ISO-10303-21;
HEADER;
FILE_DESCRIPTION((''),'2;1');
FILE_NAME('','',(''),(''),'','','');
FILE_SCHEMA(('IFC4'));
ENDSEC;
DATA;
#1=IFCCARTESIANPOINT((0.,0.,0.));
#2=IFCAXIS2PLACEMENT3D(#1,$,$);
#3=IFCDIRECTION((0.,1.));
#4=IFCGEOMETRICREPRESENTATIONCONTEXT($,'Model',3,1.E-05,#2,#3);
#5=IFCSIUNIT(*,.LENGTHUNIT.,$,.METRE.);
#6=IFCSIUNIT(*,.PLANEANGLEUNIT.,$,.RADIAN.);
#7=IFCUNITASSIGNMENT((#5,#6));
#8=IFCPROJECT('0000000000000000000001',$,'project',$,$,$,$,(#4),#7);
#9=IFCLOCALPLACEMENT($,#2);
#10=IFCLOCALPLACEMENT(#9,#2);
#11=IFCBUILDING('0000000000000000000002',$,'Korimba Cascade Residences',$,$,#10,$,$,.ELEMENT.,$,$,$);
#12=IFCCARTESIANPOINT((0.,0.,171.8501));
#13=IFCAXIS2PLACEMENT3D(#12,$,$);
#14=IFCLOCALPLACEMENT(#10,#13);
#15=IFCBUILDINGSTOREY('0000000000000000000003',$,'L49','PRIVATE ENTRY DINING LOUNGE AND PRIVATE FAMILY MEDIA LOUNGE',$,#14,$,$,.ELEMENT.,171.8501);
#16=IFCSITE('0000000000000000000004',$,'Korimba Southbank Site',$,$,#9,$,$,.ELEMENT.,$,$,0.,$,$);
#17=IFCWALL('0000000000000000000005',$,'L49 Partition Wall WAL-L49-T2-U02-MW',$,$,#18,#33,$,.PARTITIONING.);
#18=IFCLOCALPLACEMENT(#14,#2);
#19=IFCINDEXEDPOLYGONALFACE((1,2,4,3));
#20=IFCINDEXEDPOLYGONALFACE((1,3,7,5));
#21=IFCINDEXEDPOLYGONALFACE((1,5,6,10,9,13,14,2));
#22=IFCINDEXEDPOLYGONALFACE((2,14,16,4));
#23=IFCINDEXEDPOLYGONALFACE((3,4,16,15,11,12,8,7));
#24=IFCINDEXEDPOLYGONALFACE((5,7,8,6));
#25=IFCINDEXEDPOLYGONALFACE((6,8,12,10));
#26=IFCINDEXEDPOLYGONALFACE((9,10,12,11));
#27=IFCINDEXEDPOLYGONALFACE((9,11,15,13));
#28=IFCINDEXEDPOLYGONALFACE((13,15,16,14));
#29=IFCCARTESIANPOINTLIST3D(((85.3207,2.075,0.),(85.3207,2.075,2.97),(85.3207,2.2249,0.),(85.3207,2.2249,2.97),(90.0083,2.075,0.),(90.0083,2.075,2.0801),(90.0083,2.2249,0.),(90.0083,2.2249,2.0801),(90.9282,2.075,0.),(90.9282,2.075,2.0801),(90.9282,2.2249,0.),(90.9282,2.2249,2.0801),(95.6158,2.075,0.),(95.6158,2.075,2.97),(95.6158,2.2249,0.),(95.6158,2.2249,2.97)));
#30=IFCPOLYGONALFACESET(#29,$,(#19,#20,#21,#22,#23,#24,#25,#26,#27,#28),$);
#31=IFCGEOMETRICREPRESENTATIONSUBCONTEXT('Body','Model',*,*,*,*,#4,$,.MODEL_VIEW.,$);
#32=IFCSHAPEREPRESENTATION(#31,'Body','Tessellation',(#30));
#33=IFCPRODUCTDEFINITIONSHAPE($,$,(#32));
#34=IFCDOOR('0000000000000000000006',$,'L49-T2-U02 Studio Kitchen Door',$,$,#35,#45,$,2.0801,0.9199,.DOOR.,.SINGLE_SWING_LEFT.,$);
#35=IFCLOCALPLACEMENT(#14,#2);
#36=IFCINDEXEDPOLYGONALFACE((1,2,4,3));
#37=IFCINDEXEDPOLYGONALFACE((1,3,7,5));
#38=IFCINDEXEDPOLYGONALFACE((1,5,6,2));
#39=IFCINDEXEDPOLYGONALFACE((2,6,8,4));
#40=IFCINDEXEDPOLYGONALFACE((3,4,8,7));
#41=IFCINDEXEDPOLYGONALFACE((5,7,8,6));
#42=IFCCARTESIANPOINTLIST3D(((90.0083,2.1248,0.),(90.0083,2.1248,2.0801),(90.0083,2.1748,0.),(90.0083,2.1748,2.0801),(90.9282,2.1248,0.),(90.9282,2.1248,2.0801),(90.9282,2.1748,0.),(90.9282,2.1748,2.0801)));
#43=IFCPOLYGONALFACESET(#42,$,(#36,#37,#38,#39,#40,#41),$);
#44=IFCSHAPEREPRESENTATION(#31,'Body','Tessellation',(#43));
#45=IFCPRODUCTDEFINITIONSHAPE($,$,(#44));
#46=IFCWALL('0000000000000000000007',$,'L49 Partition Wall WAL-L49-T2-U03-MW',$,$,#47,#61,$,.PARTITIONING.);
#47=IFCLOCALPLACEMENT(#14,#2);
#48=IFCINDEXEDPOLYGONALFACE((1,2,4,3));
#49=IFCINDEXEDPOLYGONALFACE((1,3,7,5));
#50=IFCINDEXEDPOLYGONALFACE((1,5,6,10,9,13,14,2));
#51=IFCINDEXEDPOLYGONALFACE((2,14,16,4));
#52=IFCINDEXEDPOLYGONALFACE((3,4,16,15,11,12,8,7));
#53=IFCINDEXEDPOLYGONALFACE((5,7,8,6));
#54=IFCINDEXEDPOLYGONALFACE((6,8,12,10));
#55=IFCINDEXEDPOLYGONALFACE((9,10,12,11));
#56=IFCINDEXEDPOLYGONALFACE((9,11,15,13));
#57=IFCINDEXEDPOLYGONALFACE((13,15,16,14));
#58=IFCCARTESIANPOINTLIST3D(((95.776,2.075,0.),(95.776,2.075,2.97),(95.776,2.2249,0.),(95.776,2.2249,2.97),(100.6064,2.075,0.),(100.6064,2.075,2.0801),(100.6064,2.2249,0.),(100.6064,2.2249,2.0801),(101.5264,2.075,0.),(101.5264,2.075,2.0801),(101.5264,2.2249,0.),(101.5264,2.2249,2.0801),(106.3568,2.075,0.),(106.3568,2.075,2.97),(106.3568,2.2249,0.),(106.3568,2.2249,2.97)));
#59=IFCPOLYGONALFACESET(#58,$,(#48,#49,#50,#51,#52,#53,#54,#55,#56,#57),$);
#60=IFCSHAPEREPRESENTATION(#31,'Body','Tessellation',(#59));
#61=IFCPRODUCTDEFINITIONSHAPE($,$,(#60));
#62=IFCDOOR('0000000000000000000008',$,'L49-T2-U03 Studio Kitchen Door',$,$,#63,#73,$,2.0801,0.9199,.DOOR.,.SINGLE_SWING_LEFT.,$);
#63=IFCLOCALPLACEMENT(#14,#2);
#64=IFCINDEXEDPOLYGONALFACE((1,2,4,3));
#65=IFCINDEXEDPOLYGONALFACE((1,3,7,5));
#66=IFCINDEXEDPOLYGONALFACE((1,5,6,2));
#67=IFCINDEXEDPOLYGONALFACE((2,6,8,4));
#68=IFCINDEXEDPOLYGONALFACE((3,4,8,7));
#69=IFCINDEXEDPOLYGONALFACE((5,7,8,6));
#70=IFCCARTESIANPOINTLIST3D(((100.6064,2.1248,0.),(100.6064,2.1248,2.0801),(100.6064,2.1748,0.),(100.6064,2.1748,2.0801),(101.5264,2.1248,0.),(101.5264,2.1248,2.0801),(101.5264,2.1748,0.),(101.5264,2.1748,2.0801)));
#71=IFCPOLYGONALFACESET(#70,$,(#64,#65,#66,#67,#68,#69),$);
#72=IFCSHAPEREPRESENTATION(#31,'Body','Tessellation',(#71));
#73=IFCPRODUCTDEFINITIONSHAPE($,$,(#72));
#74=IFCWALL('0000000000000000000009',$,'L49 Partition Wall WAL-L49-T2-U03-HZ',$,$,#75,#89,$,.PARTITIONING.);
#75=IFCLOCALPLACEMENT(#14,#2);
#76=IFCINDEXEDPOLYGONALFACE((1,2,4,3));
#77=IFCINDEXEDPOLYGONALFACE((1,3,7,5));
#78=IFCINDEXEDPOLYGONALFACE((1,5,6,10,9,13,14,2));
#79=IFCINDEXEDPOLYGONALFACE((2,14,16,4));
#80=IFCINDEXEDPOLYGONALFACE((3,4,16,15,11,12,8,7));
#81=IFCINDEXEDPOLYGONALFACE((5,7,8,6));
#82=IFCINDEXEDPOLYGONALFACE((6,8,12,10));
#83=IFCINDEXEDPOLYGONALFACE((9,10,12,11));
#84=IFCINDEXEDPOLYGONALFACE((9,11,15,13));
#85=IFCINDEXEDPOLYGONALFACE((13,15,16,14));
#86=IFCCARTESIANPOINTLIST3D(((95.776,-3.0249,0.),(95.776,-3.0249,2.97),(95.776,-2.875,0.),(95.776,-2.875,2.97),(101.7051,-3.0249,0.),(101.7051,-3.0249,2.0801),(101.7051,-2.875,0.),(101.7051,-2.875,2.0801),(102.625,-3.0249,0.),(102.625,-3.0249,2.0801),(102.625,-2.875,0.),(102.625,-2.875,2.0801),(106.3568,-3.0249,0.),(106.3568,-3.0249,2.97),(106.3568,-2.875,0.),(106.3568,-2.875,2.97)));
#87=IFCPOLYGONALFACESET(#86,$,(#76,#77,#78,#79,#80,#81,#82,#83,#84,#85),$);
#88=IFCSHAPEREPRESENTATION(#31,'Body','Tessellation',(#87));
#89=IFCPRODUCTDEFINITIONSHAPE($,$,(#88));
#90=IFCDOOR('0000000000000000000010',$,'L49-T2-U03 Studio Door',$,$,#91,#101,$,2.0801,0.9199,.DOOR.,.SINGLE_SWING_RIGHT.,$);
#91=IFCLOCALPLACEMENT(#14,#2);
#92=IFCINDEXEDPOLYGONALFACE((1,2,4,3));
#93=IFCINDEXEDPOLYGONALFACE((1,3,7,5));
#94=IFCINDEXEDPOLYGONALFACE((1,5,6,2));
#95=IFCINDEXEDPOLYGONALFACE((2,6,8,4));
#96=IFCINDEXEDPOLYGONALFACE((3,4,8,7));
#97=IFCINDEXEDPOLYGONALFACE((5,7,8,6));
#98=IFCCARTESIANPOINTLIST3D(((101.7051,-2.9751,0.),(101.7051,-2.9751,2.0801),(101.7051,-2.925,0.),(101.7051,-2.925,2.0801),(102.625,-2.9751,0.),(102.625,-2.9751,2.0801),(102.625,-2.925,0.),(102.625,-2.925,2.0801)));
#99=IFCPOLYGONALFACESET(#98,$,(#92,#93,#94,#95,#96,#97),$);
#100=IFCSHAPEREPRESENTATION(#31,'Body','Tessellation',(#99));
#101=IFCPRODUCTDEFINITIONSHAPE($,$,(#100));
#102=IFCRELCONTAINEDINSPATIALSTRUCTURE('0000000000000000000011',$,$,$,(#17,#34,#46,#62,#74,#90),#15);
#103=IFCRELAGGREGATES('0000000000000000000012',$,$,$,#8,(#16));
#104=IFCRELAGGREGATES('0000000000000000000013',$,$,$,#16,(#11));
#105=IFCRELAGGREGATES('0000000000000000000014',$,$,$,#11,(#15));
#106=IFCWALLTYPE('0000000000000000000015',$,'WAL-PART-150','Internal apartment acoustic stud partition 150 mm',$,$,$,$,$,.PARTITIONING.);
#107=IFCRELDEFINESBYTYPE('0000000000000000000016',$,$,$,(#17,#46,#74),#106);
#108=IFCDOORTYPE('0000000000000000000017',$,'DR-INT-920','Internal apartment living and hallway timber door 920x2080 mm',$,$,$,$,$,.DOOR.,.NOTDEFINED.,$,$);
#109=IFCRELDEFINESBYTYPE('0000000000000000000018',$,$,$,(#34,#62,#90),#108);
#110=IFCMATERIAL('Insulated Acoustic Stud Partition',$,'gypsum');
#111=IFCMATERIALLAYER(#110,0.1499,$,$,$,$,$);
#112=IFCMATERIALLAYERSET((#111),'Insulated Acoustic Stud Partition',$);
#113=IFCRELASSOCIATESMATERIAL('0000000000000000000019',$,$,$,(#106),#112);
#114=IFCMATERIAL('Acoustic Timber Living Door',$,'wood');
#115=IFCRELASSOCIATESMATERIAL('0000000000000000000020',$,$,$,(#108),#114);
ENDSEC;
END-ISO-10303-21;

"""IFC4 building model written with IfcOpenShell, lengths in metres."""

from ifc_helpers import new_model, si_unit, direction, frame, frame_2d, origin, place, context, subcontext, project, spatial, rectangle, extrude, material, layer, layer_set, type_object, element, fill, save


model = new_model("IFC4")

# Units and contexts
model_context = context("Model", 3, precision=1e-05, world=origin(), true_north=direction((0.0, 1.0)))
body_context = subcontext(model_context, "Body", "Model", "MODEL_VIEW")
ifc_project = project(units=[si_unit("LENGTHUNIT", "METRE"), si_unit("PLANEANGLEUNIT", "RADIAN")], contexts=[model_context])

# Site, building, storey
site_placement = place(None, origin())
site = spatial("IfcSite", under=ifc_project, at=site_placement, Name="Korimba Southbank Site", CompositionType="ELEMENT", RefElevation=0.0)
building_placement = place(site_placement, origin())
building = spatial("IfcBuilding", under=site, at=building_placement, Name="Korimba Cascade Residences", CompositionType="ELEMENT")
storey_placement = place(building_placement, frame((0.0, 0.0, 171.8501)))
storey = spatial("IfcBuildingStorey", under=building, at=storey_placement, Name="L49", Description="PRIVATE ENTRY DINING LOUNGE AND PRIVATE FAMILY MEDIA LOUNGE", CompositionType="ELEMENT", Elevation=171.8501)

# Walls, openings, doors
ifc_material_1 = material(Name="Insulated Acoustic Stud Partition", Category="gypsum")
ifc_layer = layer(ifc_material_1, 0.1499)
ifc_layer_set = layer_set([ifc_layer], Name="Insulated Acoustic Stud Partition")
wall_type = type_object("IfcWallType", Name="WAL-PART-150", Description="Internal apartment acoustic stud partition 150 mm", PredefinedType="PARTITIONING", material=ifc_layer_set)
wall_1_placement = place(storey_placement, frame((85.3208, 2.1499, 0.0), z_axis=(0.0, 0.0, 1.0), x_axis=(1.0, 0.0, 0.0)))
wall_1 = element("IfcWall", 1, at=wall_1_placement, inside=storey, type_object=wall_type, Name="L49 Partition Wall WAL-L49-T2-U02-MW", PredefinedType="PARTITIONING", context=body_context, shape_type="SweptSolid", body=[
    extrude(rectangle(XDim=10.2952, YDim=0.1499, at=frame_2d((5.1475, 0.0))), origin(), (0.0, 0.0, 1.0), 2.97),
])
opening_1_placement = place(wall_1_placement, frame((4.6875, 0.0, 0.0)))
opening_1 = element("IfcOpeningElement", 2, at=opening_1_placement, cuts=wall_1, PredefinedType="OPENING", context=body_context, shape_type="SweptSolid", body=[
    extrude(rectangle(XDim=0.9199, YDim=2.0801, at=frame_2d((0.46, 1.04))), frame((0.0, 0.085, 0.0), z_axis=(0.0, -1.0, 0.0), x_axis=(1.0, 0.0, 0.0)), (0.0, 0.0, 1.0), 0.1699),
])
ifc_material_2 = material(Name="Acoustic Timber Living Door", Category="wood")
door_type_1 = type_object("IfcDoorType", Name="DR-INT-920", Description="Internal apartment living and hallway timber door 920x2080 mm", OperationType="NOTDEFINED", PredefinedType="DOOR", material=ifc_material_2)
door_1_placement = place(opening_1_placement, origin())
door_1 = element("IfcDoor", 3, at=door_1_placement, inside=storey, type_object=door_type_1, Name="L49-T2-U02 Studio Kitchen Door", OperationType="SINGLE_SWING_LEFT", OverallHeight=2.0801, OverallWidth=0.9199, PredefinedType="DOOR", context=body_context, shape_type="SweptSolid", body=[
    extrude(rectangle(XDim=0.9199, YDim=2.0801, at=frame_2d((0.46, 1.04))), frame((0.0, 0.0249, 0.0), z_axis=(0.0, -1.0, 0.0), x_axis=(1.0, 0.0, 0.0)), (0.0, 0.0, 1.0), 0.05),
])
fill(opening_1, door_1)
wall_2_placement = place(storey_placement, frame((95.7759, 2.1499, 0.0), z_axis=(0.0, 0.0, 1.0), x_axis=(1.0, 0.0, 0.0)))
wall_2 = element("IfcWall", 4, at=wall_2_placement, inside=storey, type_object=wall_type, Name="L49 Partition Wall WAL-L49-T2-U03-MW", PredefinedType="PARTITIONING", context=body_context, shape_type="SweptSolid", body=[
    extrude(rectangle(XDim=10.5808, YDim=0.1499, at=frame_2d((5.2905, 0.0))), origin(), (0.0, 0.0, 1.0), 2.97),
])
opening_2_placement = place(wall_2_placement, frame((4.8306, 0.0, 0.0)))
opening_2 = element("IfcOpeningElement", 5, at=opening_2_placement, cuts=wall_2, PredefinedType="OPENING", context=body_context, shape_type="SweptSolid", body=[
    extrude(rectangle(XDim=0.9199, YDim=2.0801, at=frame_2d((0.46, 1.04))), frame((0.0, 0.085, 0.0), z_axis=(0.0, -1.0, 0.0), x_axis=(1.0, 0.0, 0.0)), (0.0, 0.0, 1.0), 0.1699),
])
door_2_placement = place(opening_2_placement, origin())
door_2 = element("IfcDoor", 6, at=door_2_placement, inside=storey, type_object=door_type_1, Name="L49-T2-U03 Studio Kitchen Door", OperationType="SINGLE_SWING_LEFT", OverallHeight=2.0801, OverallWidth=0.9199, PredefinedType="DOOR", context=body_context, shape_type="SweptSolid", body=[
    extrude(rectangle(XDim=0.9199, YDim=2.0801, at=frame_2d((0.46, 1.04))), frame((0.0, 0.0249, 0.0), z_axis=(0.0, -1.0, 0.0), x_axis=(1.0, 0.0, 0.0)), (0.0, 0.0, 1.0), 0.05),
])
fill(opening_2, door_2)
wall_3_placement = place(storey_placement, frame((95.7759, -2.95, 0.0), z_axis=(0.0, 0.0, 1.0), x_axis=(1.0, 0.0, 0.0)))
wall_3 = element("IfcWall", 7, at=wall_3_placement, inside=storey, type_object=wall_type, Name="L49 Partition Wall WAL-L49-T2-U03-HZ", PredefinedType="PARTITIONING", context=body_context, shape_type="SweptSolid", body=[
    extrude(rectangle(XDim=10.5808, YDim=0.1499, at=frame_2d((5.2905, 0.0))), origin(), (0.0, 0.0, 1.0), 2.97),
])
opening_3_placement = place(wall_3_placement, frame((5.9292, 0.0, 0.0)))
opening_3 = element("IfcOpeningElement", 8, at=opening_3_placement, cuts=wall_3, PredefinedType="OPENING", context=body_context, shape_type="SweptSolid", body=[
    extrude(rectangle(XDim=0.9199, YDim=2.0801, at=frame_2d((0.46, 1.04))), frame((0.0, 0.085, 0.0), z_axis=(0.0, -1.0, 0.0), x_axis=(1.0, 0.0, 0.0)), (0.0, 0.0, 1.0), 0.1699),
])
door_3_placement = place(opening_3_placement, origin())
door_3 = element("IfcDoor", 9, at=door_3_placement, inside=storey, type_object=door_type_1, Name="L49-T2-U03 Studio Door", OperationType="SINGLE_SWING_RIGHT", OverallHeight=2.0801, OverallWidth=0.9199, PredefinedType="DOOR", context=body_context, shape_type="SweptSolid", body=[
    extrude(rectangle(XDim=0.9199, YDim=2.0801, at=frame_2d((0.46, 1.04))), frame((0.0, 0.0249, 0.0), z_axis=(0.0, -1.0, 0.0), x_axis=(1.0, 0.0, 0.0)), (0.0, 0.0, 1.0), 0.05),
])
fill(opening_3, door_3)

save(model, "model.ifc")
